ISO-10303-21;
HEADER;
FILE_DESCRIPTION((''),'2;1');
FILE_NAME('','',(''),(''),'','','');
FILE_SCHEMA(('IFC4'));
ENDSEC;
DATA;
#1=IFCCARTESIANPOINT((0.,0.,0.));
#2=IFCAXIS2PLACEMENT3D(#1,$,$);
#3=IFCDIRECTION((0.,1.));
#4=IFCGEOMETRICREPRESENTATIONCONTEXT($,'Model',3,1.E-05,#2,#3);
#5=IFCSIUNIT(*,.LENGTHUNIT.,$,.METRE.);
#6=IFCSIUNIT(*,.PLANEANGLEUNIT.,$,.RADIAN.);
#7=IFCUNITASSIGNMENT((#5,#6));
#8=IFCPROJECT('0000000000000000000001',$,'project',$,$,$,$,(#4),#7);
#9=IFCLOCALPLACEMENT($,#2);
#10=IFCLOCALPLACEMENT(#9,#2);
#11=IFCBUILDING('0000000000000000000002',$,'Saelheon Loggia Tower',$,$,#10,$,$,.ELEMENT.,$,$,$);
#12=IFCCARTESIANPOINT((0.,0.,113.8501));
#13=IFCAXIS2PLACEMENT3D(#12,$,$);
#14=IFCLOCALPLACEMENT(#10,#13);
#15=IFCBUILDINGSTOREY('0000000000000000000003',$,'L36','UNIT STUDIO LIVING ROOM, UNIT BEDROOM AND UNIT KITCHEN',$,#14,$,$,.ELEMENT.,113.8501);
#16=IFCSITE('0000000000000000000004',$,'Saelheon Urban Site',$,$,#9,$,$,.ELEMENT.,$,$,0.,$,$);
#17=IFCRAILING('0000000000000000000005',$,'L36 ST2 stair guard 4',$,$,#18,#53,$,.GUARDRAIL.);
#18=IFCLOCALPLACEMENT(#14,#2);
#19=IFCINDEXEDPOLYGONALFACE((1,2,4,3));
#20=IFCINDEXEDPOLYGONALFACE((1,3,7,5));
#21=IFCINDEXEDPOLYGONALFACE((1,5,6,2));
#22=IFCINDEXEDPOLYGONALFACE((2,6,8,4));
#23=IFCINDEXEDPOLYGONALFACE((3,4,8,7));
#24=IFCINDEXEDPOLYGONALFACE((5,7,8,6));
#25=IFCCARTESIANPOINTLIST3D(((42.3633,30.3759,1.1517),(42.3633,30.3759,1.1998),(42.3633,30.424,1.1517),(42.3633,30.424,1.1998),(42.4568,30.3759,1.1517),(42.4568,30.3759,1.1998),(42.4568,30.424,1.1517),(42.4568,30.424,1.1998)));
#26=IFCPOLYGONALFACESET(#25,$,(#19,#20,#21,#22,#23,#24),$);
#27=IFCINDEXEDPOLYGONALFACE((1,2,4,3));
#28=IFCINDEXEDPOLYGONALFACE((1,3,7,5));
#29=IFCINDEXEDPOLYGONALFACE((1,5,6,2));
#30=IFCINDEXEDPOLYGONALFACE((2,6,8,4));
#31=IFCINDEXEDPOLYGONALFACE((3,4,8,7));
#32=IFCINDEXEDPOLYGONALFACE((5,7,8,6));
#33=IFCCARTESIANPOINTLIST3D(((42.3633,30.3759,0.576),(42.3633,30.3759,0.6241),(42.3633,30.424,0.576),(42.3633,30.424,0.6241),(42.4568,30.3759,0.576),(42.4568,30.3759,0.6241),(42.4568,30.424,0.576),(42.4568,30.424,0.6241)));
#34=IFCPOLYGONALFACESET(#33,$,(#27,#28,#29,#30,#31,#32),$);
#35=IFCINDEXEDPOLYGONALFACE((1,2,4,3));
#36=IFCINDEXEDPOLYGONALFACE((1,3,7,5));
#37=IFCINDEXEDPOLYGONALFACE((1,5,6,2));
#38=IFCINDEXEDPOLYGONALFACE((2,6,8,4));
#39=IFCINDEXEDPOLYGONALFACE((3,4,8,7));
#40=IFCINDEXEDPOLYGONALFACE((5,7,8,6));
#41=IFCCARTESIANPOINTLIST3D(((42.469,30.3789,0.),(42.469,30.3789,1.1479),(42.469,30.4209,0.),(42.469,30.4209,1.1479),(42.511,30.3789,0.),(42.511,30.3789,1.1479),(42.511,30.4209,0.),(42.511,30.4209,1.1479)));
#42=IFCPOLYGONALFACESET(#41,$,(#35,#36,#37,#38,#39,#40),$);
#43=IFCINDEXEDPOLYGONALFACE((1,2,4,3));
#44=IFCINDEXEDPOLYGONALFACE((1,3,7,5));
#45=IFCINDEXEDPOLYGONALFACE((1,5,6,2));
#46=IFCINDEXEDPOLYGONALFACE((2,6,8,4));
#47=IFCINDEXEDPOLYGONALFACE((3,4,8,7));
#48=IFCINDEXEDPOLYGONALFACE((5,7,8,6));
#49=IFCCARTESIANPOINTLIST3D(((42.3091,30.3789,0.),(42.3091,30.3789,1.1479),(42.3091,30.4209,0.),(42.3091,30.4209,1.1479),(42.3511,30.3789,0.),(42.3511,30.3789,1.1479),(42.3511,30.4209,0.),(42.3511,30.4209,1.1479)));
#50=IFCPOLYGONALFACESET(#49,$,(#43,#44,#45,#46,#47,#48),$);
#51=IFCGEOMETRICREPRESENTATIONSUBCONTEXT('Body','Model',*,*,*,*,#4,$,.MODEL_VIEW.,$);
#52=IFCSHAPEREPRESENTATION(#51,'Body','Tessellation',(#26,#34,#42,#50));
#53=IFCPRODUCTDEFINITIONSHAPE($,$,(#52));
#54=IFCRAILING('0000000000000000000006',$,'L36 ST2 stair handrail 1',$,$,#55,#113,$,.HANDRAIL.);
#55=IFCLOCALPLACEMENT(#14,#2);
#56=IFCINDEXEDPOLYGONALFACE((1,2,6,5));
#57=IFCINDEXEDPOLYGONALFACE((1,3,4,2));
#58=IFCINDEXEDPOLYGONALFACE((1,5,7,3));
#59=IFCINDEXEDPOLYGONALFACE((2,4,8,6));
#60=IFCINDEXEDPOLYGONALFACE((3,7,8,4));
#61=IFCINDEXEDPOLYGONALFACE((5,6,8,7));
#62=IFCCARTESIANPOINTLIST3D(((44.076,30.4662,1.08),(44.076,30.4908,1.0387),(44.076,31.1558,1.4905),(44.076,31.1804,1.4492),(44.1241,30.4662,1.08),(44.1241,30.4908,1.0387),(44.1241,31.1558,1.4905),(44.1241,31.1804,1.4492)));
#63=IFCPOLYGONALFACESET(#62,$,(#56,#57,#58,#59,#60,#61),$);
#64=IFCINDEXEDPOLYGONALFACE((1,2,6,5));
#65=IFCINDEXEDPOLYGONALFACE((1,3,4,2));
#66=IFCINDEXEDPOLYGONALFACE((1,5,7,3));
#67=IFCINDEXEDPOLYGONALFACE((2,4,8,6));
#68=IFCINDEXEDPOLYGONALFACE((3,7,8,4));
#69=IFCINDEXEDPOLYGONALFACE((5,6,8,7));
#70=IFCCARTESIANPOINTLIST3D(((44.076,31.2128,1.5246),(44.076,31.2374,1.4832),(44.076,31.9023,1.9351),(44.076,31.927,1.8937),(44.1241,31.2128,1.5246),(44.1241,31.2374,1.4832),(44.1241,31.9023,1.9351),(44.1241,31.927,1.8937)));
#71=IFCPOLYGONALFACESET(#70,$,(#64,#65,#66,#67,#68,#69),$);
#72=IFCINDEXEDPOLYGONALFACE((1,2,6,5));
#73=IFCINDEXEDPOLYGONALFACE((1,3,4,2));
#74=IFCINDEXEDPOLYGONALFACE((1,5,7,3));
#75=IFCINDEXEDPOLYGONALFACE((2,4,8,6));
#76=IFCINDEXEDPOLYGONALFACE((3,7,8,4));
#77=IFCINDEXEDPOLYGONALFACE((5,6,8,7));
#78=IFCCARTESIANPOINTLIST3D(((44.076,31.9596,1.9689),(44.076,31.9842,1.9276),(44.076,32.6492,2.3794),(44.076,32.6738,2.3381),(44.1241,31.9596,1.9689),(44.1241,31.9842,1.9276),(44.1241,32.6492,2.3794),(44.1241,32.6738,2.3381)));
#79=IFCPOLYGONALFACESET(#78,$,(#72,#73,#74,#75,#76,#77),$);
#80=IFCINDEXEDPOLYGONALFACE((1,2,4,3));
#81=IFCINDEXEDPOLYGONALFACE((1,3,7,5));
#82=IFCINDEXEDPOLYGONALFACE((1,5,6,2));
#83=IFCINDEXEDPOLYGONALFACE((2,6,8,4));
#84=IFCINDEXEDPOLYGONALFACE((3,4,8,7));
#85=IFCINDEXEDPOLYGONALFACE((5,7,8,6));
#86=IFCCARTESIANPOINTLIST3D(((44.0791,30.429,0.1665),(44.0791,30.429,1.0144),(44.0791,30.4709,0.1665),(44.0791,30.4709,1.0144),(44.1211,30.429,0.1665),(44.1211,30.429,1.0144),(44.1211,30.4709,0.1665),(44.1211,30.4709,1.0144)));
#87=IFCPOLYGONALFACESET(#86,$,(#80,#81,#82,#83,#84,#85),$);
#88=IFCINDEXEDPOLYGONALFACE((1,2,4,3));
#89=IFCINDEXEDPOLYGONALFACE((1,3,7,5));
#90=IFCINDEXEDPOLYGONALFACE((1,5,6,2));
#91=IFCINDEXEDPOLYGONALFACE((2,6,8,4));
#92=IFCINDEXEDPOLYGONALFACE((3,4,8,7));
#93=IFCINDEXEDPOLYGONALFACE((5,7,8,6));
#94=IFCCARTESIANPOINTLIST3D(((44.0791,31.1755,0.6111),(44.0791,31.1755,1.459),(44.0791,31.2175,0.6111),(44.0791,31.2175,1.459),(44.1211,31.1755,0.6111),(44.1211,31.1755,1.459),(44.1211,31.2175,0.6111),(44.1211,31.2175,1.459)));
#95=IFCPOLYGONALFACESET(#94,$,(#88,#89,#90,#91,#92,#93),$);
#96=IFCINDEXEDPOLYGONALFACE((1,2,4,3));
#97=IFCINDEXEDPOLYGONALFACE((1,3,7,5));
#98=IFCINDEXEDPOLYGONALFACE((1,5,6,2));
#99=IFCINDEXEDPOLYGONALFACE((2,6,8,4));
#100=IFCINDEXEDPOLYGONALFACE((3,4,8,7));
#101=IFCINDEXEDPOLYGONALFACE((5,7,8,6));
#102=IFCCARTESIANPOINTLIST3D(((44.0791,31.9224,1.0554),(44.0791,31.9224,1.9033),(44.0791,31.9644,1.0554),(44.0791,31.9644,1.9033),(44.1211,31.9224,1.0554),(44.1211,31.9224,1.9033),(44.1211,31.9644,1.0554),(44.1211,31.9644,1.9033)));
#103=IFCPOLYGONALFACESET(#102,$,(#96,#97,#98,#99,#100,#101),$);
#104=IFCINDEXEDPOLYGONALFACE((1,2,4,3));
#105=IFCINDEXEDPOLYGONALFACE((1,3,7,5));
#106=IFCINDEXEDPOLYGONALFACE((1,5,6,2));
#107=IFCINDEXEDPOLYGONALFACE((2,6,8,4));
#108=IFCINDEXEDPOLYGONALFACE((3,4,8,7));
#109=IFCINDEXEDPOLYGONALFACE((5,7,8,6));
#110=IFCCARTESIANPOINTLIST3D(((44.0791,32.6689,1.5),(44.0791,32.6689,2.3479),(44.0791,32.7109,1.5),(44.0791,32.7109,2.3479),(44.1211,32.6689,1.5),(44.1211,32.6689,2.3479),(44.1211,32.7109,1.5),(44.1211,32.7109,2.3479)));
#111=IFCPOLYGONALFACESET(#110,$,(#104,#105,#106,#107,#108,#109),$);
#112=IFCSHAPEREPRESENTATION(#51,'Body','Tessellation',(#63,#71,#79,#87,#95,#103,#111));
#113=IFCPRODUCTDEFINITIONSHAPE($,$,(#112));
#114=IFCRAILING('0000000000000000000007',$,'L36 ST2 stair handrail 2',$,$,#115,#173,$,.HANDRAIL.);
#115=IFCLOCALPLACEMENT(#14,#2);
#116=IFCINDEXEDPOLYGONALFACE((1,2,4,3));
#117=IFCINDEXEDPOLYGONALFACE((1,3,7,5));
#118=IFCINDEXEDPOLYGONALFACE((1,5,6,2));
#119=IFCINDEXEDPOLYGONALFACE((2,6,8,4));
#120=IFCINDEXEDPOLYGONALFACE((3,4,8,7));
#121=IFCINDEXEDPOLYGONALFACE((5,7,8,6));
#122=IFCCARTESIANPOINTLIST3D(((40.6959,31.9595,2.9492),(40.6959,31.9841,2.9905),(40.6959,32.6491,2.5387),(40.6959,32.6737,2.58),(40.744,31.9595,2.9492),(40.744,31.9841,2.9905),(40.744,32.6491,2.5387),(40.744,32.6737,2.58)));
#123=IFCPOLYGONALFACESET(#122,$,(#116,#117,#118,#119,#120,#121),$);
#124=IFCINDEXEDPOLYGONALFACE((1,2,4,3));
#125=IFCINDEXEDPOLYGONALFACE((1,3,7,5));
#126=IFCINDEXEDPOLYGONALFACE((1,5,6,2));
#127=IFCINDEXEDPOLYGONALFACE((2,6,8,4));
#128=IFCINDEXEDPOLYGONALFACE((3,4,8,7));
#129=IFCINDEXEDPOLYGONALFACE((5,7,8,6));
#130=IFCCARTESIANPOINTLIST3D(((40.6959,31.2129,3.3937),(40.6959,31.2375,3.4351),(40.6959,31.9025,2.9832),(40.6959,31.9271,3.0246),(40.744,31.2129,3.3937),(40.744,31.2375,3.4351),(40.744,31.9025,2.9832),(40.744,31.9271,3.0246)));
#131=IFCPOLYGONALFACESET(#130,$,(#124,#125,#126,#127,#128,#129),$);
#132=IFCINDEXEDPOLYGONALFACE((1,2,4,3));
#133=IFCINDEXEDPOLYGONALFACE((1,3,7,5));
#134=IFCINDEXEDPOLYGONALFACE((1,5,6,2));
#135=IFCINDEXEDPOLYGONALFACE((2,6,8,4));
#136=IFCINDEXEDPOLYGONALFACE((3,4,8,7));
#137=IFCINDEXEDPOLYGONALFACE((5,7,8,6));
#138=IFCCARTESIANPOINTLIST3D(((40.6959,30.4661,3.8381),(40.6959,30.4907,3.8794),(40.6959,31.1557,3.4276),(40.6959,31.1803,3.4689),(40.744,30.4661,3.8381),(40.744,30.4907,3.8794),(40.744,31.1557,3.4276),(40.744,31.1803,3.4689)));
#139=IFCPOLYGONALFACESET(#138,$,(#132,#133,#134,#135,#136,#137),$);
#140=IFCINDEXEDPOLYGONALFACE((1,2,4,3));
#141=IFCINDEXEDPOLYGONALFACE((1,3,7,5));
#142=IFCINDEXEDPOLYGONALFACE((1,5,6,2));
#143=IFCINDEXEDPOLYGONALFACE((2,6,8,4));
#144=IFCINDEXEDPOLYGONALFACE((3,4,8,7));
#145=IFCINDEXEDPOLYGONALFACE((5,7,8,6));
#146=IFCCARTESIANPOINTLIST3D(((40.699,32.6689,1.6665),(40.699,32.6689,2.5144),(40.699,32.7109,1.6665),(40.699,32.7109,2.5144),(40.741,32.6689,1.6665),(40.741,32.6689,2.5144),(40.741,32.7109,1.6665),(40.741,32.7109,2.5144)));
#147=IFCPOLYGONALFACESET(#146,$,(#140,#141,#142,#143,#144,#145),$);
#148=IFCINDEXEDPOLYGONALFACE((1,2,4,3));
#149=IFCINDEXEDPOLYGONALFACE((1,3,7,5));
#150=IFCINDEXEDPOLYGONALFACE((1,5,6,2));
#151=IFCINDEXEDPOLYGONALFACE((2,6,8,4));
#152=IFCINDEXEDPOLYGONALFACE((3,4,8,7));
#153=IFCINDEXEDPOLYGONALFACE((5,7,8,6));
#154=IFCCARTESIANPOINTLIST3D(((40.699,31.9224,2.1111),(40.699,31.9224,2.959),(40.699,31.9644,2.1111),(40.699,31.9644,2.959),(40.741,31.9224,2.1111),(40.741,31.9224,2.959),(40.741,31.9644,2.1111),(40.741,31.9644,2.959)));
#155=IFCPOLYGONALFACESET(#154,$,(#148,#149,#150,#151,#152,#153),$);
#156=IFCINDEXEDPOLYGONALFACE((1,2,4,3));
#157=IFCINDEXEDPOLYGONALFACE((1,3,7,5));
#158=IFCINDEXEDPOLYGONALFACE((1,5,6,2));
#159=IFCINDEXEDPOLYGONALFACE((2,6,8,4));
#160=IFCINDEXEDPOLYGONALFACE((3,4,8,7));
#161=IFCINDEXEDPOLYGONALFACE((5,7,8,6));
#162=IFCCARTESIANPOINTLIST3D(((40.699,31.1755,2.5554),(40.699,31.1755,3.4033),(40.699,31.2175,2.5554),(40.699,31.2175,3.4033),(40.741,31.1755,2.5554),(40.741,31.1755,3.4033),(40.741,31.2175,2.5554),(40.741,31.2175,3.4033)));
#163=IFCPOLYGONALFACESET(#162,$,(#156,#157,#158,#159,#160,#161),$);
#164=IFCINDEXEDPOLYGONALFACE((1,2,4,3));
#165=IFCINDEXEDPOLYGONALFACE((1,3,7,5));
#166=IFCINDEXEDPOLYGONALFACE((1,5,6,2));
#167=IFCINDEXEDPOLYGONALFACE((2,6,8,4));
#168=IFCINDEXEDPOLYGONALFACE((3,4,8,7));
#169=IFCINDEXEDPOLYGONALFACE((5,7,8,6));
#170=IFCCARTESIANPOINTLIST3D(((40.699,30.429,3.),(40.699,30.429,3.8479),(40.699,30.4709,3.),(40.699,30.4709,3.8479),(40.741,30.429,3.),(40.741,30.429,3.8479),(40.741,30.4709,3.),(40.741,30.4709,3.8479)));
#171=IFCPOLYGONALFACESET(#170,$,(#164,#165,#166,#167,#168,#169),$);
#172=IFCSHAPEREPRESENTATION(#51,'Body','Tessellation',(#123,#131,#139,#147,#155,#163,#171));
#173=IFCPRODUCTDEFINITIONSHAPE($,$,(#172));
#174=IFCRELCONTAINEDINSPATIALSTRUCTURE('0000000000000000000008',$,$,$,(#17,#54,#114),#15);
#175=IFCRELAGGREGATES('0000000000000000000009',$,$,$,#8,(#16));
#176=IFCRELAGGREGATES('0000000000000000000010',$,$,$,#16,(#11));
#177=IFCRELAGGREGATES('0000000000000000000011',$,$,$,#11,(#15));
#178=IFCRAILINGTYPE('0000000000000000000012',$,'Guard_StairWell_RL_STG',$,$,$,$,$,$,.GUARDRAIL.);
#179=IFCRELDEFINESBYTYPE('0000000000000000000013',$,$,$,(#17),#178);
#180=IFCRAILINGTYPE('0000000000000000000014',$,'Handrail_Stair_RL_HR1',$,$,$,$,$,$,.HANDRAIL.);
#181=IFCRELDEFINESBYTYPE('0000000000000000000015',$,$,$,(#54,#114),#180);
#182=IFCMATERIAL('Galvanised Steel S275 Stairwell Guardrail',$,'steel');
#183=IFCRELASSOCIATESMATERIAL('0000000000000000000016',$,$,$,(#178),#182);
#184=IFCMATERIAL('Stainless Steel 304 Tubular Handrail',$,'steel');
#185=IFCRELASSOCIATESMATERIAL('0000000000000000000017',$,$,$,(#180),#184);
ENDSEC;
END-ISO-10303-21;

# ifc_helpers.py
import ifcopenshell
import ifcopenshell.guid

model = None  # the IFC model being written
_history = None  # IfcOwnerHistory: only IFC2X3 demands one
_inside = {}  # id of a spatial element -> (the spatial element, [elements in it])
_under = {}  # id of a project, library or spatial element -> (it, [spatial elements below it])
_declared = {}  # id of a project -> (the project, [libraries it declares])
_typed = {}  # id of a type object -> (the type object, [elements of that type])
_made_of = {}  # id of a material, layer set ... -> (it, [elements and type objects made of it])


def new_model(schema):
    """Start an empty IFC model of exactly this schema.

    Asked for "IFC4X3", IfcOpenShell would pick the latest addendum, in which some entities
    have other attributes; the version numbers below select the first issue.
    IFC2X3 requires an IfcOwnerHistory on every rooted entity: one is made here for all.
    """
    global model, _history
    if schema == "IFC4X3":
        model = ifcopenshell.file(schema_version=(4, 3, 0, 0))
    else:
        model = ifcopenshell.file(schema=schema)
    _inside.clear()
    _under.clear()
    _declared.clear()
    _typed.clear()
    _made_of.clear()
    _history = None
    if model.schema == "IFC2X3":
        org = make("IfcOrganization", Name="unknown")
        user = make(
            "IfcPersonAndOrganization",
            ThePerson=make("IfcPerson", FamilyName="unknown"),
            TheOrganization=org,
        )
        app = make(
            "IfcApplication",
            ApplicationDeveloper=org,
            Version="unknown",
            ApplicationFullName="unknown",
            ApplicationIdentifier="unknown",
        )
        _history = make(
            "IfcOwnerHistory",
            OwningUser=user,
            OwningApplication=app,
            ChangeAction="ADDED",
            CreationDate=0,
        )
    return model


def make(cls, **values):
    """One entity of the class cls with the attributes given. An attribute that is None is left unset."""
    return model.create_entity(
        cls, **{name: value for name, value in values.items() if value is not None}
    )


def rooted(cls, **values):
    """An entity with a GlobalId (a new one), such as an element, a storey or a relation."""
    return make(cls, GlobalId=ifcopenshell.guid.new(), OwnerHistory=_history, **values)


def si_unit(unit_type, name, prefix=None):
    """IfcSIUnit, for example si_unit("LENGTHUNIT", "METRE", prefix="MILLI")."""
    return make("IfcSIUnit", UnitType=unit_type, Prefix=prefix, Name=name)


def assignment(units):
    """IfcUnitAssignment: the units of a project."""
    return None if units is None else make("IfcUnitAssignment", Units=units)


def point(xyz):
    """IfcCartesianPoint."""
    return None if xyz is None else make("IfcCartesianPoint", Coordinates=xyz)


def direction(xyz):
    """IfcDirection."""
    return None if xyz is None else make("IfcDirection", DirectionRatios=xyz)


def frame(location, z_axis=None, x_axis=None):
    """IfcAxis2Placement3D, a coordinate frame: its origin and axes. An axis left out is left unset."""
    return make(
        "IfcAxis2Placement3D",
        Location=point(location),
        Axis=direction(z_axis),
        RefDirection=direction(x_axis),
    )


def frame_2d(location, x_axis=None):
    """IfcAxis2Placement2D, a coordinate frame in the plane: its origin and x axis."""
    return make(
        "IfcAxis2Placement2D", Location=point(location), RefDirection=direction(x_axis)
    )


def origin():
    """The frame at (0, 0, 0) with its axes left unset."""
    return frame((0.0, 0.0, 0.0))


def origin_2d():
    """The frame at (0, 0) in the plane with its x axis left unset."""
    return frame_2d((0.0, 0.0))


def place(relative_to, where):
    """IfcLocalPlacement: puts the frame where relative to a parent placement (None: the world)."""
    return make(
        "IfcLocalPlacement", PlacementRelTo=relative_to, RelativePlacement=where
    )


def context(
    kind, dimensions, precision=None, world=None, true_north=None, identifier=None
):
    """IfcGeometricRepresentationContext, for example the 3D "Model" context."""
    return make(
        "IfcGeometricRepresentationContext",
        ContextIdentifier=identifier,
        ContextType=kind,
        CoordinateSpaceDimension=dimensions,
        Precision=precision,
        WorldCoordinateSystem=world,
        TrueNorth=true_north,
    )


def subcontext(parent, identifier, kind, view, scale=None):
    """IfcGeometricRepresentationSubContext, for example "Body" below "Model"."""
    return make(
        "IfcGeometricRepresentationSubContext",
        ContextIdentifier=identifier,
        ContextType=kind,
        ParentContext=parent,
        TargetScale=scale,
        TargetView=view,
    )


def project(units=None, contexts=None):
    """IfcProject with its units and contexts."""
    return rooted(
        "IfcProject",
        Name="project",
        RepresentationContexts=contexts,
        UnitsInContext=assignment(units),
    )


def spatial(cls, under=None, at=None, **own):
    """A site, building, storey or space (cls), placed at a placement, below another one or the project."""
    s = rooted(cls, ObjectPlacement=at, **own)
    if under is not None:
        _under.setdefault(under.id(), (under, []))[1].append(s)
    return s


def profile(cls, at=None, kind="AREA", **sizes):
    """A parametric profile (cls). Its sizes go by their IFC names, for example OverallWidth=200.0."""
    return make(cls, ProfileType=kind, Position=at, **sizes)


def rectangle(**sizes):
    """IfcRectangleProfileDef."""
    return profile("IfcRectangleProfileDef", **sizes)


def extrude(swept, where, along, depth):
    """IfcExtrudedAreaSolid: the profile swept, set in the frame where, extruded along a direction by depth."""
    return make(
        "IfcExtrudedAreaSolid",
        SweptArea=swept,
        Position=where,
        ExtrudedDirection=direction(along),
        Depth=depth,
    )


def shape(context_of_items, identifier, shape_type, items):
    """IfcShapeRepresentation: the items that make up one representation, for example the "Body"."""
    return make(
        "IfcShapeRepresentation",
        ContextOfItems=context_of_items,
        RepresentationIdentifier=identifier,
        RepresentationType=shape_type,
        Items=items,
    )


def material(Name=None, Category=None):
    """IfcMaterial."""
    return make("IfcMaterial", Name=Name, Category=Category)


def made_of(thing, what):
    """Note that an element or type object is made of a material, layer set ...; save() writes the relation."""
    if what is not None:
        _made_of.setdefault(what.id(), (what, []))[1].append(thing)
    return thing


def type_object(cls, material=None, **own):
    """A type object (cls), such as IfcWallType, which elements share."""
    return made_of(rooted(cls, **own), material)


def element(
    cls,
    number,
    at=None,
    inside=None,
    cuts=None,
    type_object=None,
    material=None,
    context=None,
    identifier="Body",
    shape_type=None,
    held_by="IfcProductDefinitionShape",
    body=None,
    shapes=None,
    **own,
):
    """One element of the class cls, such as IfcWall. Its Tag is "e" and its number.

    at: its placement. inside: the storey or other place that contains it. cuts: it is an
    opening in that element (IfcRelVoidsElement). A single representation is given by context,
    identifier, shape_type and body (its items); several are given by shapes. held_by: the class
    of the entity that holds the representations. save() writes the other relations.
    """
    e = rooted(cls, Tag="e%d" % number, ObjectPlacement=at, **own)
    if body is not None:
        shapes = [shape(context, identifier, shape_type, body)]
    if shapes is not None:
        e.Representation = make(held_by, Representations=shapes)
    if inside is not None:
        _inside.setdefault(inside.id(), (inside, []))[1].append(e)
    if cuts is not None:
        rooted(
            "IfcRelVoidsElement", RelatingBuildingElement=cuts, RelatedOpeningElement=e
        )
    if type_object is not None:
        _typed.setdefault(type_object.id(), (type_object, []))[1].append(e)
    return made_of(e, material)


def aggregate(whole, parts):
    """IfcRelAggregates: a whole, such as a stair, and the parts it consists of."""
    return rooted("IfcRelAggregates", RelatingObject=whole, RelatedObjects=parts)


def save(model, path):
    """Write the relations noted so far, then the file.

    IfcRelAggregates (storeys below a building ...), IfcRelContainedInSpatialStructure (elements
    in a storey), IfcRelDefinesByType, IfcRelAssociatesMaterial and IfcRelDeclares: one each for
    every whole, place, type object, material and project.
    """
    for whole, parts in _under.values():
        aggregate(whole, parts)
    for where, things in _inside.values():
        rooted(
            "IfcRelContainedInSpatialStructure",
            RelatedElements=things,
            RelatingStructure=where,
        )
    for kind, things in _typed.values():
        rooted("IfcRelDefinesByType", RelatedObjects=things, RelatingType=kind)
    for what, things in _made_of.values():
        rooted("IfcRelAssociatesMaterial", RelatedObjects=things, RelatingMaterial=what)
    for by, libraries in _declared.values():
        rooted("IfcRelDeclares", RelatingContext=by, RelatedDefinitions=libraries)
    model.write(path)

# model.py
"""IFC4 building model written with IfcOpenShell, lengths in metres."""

from ifc_helpers import new_model, si_unit, direction, frame, origin, origin_2d, place, context, subcontext, project, spatial, rectangle, extrude, material, type_object, element, save


model = new_model("IFC4")

# Units and contexts
model_context = context("Model", 3, precision=1e-05, world=origin(), true_north=direction((0.0, 1.0)))
body_context = subcontext(model_context, "Body", "Model", "MODEL_VIEW")
ifc_project = project(units=[si_unit("LENGTHUNIT", "METRE"), si_unit("PLANEANGLEUNIT", "RADIAN")], contexts=[model_context])

# Site, building, storey
site_placement = place(None, origin())
site = spatial("IfcSite", under=ifc_project, at=site_placement, Name="Saelheon Urban Site", CompositionType="ELEMENT", RefElevation=0.0)
building_placement = place(site_placement, origin())
building = spatial("IfcBuilding", under=site, at=building_placement, Name="Saelheon Loggia Tower", CompositionType="ELEMENT")
storey_placement = place(building_placement, frame((0.0, 0.0, 113.8501)))
storey = spatial("IfcBuildingStorey", under=building, at=storey_placement, Name="L36", Description="UNIT STUDIO LIVING ROOM, UNIT BEDROOM AND UNIT KITCHEN", CompositionType="ELEMENT", Elevation=113.8501)

# Railings
ifc_material_1 = material(Name="Galvanised Steel S275 Stairwell Guardrail", Category="steel")
railing_type_1 = type_object("IfcRailingType", Name="Guard_StairWell_RL_STG", PredefinedType="GUARDRAIL", material=ifc_material_1)
railing_1_placement = place(storey_placement, frame((42.49, 30.3999, 0.0)))
element("IfcRailing", 1, at=railing_1_placement, inside=storey, type_object=railing_type_1, Name="L36 ST2 stair guard 4", PredefinedType="GUARDRAIL", context=body_context, shape_type="SweptSolid", body=[
    extrude(rectangle(XDim=0.0481, YDim=0.0481, at=origin_2d()), frame((-0.0332, 0.0, 1.1758), z_axis=(-1.0, 0.0, 0.0), x_axis=(0.0, -1.0, 0.0)), (0.0, 0.0, 1.0), 0.0935),
    extrude(rectangle(XDim=0.0481, YDim=0.0481, at=origin_2d()), frame((-0.0332, 0.0, 0.6001), z_axis=(-1.0, 0.0, 0.0), x_axis=(0.0, -1.0, 0.0)), (0.0, 0.0, 1.0), 0.0935),
    extrude(rectangle(XDim=0.042, YDim=0.042, at=origin_2d()), origin(), (0.0, 0.0, 1.0), 1.1479),
    extrude(rectangle(XDim=0.042, YDim=0.042, at=origin_2d()), frame((-0.1599, 0.0, 0.0)), (0.0, 0.0, 1.0), 1.1479),
])
ifc_material_2 = material(Name="Stainless Steel 304 Tubular Handrail", Category="steel")
railing_type_2 = type_object("IfcRailingType", Name="Handrail_Stair_RL_HR1", PredefinedType="HANDRAIL", material=ifc_material_2)
railing_2_placement = place(storey_placement, frame((44.1001, 30.45, 0.1665)))
element("IfcRailing", 2, at=railing_2_placement, inside=storey, type_object=railing_type_2, Name="L36 ST2 stair handrail 1", PredefinedType="HANDRAIL", context=body_context, shape_type="SweptSolid", body=[
    extrude(rectangle(XDim=0.0481, YDim=0.0481, at=origin_2d()), frame((0.0, 0.0286, 0.8928), z_axis=(0.0, 0.859264, 0.511532), x_axis=(-1.0, 0.0, 0.0)), (0.0, 0.0, 1.0), 0.8025),
    extrude(rectangle(XDim=0.0481, YDim=0.0481, at=origin_2d()), frame((0.0, 0.7751, 1.3374), z_axis=(0.0, 0.859264, 0.511532), x_axis=(-1.0, 0.0, 0.0)), (0.0, 0.0, 1.0), 0.8025),
    extrude(rectangle(XDim=0.0481, YDim=0.0481, at=origin_2d()), frame((0.0, 1.522, 1.7817), z_axis=(0.0, 0.859264, 0.511532), x_axis=(-1.0, 0.0, 0.0)), (0.0, 0.0, 1.0), 0.8025),
    extrude(rectangle(XDim=0.042, YDim=0.042, at=origin_2d()), origin(), (0.0, 0.0, 1.0), 0.8479),
    extrude(rectangle(XDim=0.042, YDim=0.042, at=origin_2d()), frame((0.0, 0.7466, 0.4446)), (0.0, 0.0, 1.0), 0.8479),
    extrude(rectangle(XDim=0.042, YDim=0.042, at=origin_2d()), frame((0.0, 1.4934, 0.8889)), (0.0, 0.0, 1.0), 0.8479),
    extrude(rectangle(XDim=0.042, YDim=0.042, at=origin_2d()), frame((0.0, 2.24, 1.3335)), (0.0, 0.0, 1.0), 0.8479),
])
railing_3_placement = place(storey_placement, frame((40.72, 32.6899, 1.6665)))
element("IfcRailing", 3, at=railing_3_placement, inside=storey, type_object=railing_type_2, Name="L36 ST2 stair handrail 2", PredefinedType="HANDRAIL", context=body_context, shape_type="SweptSolid", body=[
    extrude(rectangle(XDim=0.0481, YDim=0.0481, at=origin_2d()), frame((0.0, -0.0286, 0.8928), z_axis=(0.0, -0.859264, 0.511532), x_axis=(1.0, 0.0, 0.0)), (0.0, 0.0, 1.0), 0.8025),
    extrude(rectangle(XDim=0.0481, YDim=0.0481, at=origin_2d()), frame((0.0, -0.7751, 1.3374), z_axis=(0.0, -0.859264, 0.511532), x_axis=(1.0, 0.0, 0.0)), (0.0, 0.0, 1.0), 0.8025),
    extrude(rectangle(XDim=0.0481, YDim=0.0481, at=origin_2d()), frame((0.0, -1.522, 1.7817), z_axis=(0.0, -0.859264, 0.511532), x_axis=(1.0, 0.0, 0.0)), (0.0, 0.0, 1.0), 0.8025),
    extrude(rectangle(XDim=0.042, YDim=0.042, at=origin_2d()), origin(), (0.0, 0.0, 1.0), 0.8479),
    extrude(rectangle(XDim=0.042, YDim=0.042, at=origin_2d()), frame((0.0, -0.7466, 0.4446)), (0.0, 0.0, 1.0), 0.8479),
    extrude(rectangle(XDim=0.042, YDim=0.042, at=origin_2d()), frame((0.0, -1.4934, 0.8889)), (0.0, 0.0, 1.0), 0.8479),
    extrude(rectangle(XDim=0.042, YDim=0.042, at=origin_2d()), frame((0.0, -2.24, 1.3335)), (0.0, 0.0, 1.0), 0.8479),
])

save(model, "model.ifc")
